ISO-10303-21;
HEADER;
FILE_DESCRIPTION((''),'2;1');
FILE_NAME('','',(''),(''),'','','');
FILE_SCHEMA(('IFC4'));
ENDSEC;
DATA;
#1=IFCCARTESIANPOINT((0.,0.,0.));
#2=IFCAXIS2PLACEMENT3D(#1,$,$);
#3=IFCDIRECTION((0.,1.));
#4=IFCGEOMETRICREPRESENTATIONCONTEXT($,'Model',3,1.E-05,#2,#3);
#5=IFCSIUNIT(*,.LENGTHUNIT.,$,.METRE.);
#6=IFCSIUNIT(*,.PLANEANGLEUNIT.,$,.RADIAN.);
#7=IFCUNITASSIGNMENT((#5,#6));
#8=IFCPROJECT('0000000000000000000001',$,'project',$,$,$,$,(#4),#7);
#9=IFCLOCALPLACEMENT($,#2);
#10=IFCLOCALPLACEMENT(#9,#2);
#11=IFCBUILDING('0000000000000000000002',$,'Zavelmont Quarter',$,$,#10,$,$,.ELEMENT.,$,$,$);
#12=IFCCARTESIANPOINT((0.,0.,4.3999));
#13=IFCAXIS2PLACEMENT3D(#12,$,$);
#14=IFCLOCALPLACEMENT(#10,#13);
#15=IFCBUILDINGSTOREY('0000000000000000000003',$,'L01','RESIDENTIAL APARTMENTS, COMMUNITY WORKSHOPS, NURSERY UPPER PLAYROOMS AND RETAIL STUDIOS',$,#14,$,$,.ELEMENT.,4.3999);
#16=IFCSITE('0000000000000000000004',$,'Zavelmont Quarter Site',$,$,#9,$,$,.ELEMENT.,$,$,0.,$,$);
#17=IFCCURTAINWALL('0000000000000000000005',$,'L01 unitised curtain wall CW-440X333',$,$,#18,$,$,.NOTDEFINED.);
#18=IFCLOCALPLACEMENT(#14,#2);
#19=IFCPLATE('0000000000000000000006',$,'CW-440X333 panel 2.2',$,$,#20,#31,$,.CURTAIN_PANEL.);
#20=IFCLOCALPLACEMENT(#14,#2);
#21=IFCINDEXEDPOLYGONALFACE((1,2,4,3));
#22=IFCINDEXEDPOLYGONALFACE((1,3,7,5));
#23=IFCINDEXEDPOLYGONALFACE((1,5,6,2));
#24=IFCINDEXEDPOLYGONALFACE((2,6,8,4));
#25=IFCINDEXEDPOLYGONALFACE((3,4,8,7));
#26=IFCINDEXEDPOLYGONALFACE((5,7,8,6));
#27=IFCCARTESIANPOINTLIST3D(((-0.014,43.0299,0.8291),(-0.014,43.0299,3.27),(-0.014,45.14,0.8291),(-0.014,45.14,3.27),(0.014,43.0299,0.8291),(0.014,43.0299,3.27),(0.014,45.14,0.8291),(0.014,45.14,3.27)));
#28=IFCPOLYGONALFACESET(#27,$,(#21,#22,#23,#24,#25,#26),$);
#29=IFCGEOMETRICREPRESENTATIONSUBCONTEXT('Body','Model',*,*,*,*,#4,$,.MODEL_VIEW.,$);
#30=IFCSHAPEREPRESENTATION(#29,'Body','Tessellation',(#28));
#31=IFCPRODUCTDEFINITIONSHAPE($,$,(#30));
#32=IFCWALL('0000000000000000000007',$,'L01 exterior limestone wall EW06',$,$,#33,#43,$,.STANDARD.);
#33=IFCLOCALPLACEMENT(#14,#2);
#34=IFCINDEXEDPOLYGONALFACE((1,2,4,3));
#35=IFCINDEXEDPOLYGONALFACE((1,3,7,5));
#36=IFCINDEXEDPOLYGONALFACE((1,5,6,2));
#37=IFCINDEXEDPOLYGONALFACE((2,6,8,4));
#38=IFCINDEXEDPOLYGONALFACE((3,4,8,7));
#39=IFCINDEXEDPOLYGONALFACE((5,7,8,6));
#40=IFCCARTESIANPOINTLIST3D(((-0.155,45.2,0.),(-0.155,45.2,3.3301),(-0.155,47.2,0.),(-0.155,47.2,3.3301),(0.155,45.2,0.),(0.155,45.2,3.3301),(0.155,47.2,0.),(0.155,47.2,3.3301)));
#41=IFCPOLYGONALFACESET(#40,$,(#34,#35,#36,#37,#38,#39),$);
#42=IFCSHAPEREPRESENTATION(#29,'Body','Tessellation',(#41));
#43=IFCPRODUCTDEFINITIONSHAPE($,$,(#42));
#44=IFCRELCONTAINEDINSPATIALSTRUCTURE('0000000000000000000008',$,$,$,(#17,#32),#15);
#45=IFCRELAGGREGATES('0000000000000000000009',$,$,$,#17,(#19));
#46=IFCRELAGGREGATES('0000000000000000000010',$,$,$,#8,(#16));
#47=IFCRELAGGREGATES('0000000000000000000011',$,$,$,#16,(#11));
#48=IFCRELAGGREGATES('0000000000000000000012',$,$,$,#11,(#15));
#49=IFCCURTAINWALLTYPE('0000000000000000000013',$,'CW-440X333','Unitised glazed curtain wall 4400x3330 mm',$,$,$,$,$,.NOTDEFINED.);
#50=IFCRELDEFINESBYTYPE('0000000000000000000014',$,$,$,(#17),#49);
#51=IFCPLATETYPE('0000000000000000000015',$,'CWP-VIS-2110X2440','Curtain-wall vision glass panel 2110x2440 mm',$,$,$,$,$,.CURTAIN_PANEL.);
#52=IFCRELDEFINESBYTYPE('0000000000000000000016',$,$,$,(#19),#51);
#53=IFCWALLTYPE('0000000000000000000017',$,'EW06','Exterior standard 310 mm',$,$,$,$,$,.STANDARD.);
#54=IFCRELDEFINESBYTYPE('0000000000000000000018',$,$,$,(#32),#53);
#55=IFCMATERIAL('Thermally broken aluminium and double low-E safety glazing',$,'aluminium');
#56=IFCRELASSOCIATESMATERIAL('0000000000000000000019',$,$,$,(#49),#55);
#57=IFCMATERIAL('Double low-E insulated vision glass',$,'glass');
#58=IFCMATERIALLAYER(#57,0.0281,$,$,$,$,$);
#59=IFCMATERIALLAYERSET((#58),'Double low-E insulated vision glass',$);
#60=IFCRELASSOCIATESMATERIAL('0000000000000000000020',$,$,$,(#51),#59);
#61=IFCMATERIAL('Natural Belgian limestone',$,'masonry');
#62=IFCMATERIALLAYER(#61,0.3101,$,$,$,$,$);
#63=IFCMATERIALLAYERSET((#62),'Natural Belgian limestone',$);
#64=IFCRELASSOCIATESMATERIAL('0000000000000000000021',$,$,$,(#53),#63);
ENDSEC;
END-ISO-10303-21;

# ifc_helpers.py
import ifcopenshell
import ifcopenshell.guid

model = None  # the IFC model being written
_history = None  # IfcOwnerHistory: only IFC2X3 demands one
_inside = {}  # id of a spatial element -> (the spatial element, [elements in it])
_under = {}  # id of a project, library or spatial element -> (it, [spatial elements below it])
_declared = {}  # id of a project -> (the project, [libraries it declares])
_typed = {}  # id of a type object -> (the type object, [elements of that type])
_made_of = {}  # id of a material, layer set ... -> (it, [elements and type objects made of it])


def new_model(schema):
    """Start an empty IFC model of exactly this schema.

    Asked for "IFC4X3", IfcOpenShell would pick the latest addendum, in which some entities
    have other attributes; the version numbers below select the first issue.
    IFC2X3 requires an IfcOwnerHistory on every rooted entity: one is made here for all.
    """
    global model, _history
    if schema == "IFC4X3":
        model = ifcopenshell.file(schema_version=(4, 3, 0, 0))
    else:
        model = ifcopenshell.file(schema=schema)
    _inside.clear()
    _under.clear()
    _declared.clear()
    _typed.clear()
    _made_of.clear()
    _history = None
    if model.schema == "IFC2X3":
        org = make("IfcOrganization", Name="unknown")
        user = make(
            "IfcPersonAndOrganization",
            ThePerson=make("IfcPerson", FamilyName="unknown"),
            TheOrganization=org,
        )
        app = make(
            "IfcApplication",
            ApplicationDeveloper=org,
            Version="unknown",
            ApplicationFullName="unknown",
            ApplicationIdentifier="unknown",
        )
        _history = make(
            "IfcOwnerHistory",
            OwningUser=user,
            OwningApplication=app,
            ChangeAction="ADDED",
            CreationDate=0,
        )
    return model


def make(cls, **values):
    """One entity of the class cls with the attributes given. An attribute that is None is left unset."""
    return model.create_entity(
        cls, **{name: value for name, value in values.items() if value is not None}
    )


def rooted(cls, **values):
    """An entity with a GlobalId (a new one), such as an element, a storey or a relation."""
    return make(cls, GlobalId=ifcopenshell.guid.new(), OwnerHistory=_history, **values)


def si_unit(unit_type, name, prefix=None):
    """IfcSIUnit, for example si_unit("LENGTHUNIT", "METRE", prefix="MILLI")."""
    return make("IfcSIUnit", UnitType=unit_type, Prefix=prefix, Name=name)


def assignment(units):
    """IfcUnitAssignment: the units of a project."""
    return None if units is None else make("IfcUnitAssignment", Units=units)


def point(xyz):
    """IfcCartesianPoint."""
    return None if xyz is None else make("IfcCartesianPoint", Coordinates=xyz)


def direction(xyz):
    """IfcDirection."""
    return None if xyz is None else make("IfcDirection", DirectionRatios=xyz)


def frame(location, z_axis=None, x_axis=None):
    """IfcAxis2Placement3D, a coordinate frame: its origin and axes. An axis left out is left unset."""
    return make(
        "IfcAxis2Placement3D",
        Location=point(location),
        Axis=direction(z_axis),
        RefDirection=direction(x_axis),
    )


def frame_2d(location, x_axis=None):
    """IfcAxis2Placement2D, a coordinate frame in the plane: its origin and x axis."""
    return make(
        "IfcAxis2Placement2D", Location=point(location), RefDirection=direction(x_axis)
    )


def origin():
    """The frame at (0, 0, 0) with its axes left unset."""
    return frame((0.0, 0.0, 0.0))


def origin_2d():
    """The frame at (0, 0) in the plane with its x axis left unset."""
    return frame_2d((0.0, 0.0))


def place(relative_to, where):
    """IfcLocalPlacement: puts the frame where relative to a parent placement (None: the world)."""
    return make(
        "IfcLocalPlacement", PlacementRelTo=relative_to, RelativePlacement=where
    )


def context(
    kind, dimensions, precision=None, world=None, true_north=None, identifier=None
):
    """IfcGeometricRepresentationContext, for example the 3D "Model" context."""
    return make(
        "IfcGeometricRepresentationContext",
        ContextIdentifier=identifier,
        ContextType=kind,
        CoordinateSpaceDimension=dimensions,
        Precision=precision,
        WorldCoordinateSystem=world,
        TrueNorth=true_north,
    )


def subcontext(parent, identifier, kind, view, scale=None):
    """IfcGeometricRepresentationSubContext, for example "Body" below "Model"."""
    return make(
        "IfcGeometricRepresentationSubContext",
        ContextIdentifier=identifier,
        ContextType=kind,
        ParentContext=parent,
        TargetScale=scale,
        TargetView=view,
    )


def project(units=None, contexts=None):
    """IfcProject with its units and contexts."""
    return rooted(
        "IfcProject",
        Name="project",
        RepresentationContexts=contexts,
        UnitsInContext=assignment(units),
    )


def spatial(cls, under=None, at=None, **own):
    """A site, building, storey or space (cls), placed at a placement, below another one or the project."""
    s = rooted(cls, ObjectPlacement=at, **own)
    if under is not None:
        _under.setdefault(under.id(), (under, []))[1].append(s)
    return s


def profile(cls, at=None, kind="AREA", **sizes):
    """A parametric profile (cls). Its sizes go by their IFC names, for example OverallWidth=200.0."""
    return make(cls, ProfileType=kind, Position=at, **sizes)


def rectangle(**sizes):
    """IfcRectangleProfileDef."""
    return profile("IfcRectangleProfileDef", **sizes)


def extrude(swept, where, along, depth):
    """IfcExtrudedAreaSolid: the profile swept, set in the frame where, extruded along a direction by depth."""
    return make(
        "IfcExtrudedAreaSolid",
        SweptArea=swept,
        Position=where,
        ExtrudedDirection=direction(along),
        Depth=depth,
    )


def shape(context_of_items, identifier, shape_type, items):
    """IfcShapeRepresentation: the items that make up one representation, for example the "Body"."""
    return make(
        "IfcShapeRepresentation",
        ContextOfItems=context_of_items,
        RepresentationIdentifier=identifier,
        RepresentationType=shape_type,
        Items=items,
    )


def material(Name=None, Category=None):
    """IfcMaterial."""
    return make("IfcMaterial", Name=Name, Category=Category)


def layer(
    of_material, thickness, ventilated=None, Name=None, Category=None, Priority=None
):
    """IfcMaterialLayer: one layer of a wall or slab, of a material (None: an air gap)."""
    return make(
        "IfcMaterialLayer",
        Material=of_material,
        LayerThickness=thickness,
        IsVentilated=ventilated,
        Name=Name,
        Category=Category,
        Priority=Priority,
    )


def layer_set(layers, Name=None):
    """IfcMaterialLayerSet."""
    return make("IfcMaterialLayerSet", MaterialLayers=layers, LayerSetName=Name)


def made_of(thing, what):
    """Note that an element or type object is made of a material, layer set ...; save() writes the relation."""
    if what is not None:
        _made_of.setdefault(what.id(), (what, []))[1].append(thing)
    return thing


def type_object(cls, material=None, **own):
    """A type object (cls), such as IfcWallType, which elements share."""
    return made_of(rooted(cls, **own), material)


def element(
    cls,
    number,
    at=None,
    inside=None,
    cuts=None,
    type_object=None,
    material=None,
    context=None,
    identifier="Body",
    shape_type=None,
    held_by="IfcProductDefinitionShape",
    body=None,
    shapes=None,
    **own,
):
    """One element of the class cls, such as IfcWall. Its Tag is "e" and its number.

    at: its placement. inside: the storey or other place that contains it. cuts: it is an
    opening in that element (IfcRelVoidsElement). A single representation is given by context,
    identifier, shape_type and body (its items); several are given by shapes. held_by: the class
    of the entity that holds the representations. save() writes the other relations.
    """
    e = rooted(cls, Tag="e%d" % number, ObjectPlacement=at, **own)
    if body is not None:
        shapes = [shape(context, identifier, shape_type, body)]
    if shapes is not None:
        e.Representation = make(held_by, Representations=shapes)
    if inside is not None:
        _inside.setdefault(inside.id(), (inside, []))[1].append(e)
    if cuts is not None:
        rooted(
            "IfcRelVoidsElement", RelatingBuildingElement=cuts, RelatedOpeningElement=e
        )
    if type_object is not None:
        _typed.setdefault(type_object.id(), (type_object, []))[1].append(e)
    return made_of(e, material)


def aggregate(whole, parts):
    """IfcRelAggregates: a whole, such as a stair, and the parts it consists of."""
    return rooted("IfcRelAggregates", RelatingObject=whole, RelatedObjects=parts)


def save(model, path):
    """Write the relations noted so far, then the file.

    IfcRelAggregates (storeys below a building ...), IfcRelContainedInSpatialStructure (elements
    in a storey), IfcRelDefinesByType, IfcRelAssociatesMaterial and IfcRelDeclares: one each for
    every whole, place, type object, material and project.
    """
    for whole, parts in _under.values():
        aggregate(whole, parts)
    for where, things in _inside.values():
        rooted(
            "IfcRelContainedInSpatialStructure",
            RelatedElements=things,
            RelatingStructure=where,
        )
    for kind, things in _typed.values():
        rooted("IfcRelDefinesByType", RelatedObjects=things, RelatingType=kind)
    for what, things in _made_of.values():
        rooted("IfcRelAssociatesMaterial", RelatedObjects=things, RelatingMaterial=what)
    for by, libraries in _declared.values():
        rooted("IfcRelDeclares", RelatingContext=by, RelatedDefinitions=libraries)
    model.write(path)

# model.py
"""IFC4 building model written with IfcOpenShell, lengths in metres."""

from ifc_helpers import new_model, si_unit, direction, frame, frame_2d, origin, origin_2d, place, context, subcontext, project, spatial, rectangle, extrude, material, layer, layer_set, type_object, element, aggregate, save


model = new_model("IFC4")

# Units and contexts
model_context = context("Model", 3, precision=1e-05, world=origin(), true_north=direction((0.0, 1.0)))
body_context = subcontext(model_context, "Body", "Model", "MODEL_VIEW")
ifc_project = project(units=[si_unit("LENGTHUNIT", "METRE"), si_unit("PLANEANGLEUNIT", "RADIAN")], contexts=[model_context])

# Site, building, storey
site_placement = place(None, origin())
site = spatial("IfcSite", under=ifc_project, at=site_placement, Name="Zavelmont Quarter Site", CompositionType="ELEMENT", RefElevation=0.0)
building_placement = place(site_placement, origin())
building = spatial("IfcBuilding", under=site, at=building_placement, Name="Zavelmont Quarter", CompositionType="ELEMENT")
storey_placement = place(building_placement, frame((0.0, 0.0, 4.3999)))
storey = spatial("IfcBuildingStorey", under=building, at=storey_placement, Name="L01", Description="RESIDENTIAL APARTMENTS, COMMUNITY WORKSHOPS, NURSERY UPPER PLAYROOMS AND RETAIL STUDIOS", CompositionType="ELEMENT", Elevation=4.3999)

# Curtain wall
ifc_material_1 = material(Name="Thermally broken aluminium and double low-E safety glazing", Category="aluminium")
curtain_wall_type_1 = type_object("IfcCurtainWallType", Name="CW-440X333", Description="Unitised glazed curtain wall 4400x3330 mm", PredefinedType="NOTDEFINED", material=ifc_material_1)
curtain_wall_1_placement = place(storey_placement, origin())
curtain_wall_1 = element("IfcCurtainWall", 1, at=curtain_wall_1_placement, inside=storey, type_object=curtain_wall_type_1, Name="L01 unitised curtain wall CW-440X333", PredefinedType="NOTDEFINED")

# Plate
ifc_material_2 = material(Name="Double low-E insulated vision glass", Category="glass")
ifc_layer_1 = layer(ifc_material_2, 0.0281)
ifc_layer_set_1 = layer_set([ifc_layer_1], Name="Double low-E insulated vision glass")
plate_type_1 = type_object("IfcPlateType", Name="CWP-VIS-2110X2440", Description="Curtain-wall vision glass panel 2110x2440 mm", PredefinedType="CURTAIN_PANEL", material=ifc_layer_set_1)
plate_1_placement = place(storey_placement, frame((0.0, 44.085, 0.8291), z_axis=(0.0, 0.0, 1.0), x_axis=(0.0, 1.0, 0.0)))
plate_1 = element("IfcPlate", 2, at=plate_1_placement, type_object=plate_type_1, Name="CW-440X333 panel 2.2", PredefinedType="CURTAIN_PANEL", context=body_context, shape_type="SweptSolid", body=[
    extrude(rectangle(XDim=2.1101, YDim=0.0281, at=origin_2d()), origin(), (0.0, 0.0, 1.0), 2.4409),
])
aggregate(curtain_wall_1, [plate_1])

# Wall
ifc_material_3 = material(Name="Natural Belgian limestone", Category="masonry")
ifc_layer_2 = layer(ifc_material_3, 0.3101)
ifc_layer_set_2 = layer_set([ifc_layer_2], Name="Natural Belgian limestone")
wall_type = type_object("IfcWallType", Name="EW06", Description="Exterior standard 310 mm", PredefinedType="STANDARD", material=ifc_layer_set_2)
wall_placement = place(storey_placement, frame((0.0, 45.2, 0.0), z_axis=(0.0, 0.0, 1.0), x_axis=(0.0, 1.0, 0.0)))
element("IfcWall", 3, at=wall_placement, inside=storey, type_object=wall_type, Name="L01 exterior limestone wall EW06", PredefinedType="STANDARD", context=body_context, shape_type="SweptSolid", body=[
    extrude(rectangle(XDim=2.0, YDim=0.3101, at=frame_2d((1.0, 0.0))), origin(), (0.0, 0.0, 1.0), 3.3301),
])

save(model, "model.ifc")
